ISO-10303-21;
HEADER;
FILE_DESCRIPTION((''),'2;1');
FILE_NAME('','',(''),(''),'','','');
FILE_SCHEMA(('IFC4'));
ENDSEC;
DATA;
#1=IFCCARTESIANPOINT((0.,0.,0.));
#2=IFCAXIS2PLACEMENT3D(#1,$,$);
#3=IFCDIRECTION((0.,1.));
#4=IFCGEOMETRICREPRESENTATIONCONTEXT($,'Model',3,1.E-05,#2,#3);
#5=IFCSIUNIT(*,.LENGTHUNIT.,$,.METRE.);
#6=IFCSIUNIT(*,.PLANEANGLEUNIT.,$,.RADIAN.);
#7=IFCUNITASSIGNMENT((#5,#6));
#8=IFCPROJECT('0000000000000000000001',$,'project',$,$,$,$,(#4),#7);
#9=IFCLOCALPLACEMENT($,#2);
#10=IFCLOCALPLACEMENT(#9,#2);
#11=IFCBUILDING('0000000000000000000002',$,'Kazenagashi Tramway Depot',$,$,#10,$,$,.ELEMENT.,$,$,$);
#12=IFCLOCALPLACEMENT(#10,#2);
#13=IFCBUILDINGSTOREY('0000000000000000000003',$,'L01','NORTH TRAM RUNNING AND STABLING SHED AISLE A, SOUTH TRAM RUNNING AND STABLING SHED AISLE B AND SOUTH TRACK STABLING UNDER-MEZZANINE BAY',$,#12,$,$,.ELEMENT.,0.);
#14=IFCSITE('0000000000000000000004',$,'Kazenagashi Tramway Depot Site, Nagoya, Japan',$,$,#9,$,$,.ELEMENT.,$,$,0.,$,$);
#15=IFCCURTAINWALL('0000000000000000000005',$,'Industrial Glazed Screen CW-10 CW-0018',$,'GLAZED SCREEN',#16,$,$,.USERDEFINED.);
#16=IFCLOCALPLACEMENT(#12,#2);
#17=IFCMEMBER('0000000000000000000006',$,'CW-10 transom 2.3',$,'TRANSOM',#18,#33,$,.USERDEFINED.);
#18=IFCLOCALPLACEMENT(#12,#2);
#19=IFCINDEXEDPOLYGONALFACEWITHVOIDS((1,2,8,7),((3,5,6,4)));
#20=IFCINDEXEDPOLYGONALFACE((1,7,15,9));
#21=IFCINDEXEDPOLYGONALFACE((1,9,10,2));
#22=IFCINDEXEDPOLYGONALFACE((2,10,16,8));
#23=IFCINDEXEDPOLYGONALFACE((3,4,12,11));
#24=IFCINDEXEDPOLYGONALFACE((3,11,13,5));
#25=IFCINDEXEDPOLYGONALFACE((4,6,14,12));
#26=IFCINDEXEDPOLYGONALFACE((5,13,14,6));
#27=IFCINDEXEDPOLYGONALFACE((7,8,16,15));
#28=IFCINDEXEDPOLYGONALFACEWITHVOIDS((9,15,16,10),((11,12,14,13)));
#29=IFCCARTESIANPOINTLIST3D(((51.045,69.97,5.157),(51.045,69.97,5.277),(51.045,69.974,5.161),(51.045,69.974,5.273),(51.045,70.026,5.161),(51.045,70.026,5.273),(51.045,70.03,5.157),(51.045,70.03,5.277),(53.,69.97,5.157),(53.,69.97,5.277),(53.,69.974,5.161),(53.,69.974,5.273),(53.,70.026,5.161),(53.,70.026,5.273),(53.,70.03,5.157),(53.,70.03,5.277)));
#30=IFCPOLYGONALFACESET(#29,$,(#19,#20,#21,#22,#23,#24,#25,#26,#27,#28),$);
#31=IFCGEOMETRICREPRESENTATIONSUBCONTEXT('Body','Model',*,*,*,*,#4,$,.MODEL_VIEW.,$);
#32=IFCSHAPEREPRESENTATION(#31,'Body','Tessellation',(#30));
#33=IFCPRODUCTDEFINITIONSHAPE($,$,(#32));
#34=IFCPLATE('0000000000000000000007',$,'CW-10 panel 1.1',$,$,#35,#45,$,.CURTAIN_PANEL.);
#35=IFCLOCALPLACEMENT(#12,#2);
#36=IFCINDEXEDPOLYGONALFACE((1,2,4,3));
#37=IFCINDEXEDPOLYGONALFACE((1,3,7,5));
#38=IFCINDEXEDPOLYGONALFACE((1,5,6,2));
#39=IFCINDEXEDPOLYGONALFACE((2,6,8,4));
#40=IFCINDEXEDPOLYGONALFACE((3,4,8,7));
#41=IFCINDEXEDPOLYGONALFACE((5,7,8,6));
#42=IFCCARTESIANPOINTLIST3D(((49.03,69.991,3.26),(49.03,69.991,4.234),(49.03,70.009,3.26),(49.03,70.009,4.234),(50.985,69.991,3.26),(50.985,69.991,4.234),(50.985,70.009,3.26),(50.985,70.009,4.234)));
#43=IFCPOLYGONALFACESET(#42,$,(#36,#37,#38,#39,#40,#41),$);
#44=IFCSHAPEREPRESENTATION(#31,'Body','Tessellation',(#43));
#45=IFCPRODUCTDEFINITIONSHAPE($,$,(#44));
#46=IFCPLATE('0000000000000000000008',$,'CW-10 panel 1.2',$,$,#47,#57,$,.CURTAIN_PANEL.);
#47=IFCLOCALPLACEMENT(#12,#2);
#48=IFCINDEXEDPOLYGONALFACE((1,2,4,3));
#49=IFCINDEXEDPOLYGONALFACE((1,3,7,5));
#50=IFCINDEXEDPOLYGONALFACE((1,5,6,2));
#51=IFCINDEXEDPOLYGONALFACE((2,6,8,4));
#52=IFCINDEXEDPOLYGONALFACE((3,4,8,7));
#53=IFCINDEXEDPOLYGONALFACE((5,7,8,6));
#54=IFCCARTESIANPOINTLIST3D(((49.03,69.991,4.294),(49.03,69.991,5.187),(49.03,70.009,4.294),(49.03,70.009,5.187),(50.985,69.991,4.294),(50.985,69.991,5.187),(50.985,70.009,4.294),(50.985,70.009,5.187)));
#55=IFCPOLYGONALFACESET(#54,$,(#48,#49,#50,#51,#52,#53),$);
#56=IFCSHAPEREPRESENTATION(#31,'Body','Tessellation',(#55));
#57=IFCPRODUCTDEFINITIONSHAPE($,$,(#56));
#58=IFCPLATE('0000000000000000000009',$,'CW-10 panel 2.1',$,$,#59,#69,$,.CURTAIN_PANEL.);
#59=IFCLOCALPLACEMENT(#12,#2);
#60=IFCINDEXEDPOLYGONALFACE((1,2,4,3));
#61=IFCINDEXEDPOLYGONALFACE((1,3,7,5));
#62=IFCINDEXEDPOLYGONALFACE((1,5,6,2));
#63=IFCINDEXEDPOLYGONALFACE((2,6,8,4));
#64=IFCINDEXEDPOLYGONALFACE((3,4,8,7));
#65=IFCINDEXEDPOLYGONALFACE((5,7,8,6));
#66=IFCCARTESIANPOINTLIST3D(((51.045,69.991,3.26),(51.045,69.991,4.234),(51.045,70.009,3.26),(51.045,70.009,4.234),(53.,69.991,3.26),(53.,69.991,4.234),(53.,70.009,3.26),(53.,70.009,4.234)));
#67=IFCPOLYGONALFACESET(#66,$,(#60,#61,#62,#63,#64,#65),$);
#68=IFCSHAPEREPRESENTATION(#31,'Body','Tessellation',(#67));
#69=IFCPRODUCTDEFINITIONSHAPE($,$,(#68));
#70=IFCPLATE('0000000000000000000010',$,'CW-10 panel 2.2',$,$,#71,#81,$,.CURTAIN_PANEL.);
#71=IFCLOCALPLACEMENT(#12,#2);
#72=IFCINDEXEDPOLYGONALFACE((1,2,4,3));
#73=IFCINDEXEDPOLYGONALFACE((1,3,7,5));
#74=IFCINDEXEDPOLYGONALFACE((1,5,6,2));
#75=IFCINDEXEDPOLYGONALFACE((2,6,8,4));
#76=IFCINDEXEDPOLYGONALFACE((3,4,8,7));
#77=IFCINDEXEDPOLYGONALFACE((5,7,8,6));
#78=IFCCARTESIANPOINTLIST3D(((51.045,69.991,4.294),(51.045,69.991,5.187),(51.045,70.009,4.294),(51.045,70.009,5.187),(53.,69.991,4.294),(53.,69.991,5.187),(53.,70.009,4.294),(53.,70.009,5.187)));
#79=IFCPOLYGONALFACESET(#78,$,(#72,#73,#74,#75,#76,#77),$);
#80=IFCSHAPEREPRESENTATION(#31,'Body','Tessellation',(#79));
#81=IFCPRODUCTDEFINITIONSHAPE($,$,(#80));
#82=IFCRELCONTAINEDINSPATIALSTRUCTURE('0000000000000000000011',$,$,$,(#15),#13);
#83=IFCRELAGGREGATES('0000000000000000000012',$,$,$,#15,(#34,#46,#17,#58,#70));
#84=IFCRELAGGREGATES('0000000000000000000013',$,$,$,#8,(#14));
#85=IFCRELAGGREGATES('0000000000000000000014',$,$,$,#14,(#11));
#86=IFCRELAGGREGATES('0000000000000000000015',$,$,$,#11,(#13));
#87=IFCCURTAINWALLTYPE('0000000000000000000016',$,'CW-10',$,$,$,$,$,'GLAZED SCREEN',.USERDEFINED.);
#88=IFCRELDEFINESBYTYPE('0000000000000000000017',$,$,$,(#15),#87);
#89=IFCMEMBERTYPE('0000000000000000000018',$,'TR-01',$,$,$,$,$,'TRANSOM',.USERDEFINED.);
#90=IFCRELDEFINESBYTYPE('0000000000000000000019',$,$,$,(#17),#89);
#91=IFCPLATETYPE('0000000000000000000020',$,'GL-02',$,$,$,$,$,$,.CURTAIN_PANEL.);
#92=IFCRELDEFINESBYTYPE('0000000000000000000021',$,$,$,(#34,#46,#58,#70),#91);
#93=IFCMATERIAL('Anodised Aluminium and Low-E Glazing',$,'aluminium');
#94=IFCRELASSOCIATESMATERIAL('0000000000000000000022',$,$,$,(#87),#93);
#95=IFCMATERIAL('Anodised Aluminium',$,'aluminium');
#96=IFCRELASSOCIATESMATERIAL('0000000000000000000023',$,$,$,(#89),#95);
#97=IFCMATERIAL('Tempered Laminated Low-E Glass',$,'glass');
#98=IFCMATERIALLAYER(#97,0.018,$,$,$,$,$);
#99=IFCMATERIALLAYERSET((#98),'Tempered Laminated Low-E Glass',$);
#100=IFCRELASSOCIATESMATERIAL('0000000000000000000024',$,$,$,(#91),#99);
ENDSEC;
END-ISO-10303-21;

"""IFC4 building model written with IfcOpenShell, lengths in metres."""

from ifc_helpers import new_model, si_unit, direction, frame, origin, origin_2d, place, context, subcontext, project, spatial, rectangle, hollow_rectangle, extrude, material, layer, layer_set, material_profile, profile_set, type_object, element, aggregate, save


model = new_model("IFC4")

# Units and contexts
model_context = context("Model", 3, precision=1e-05, world=origin(), true_north=direction((0.0, 1.0)))
body_context = subcontext(model_context, "Body", "Model", "MODEL_VIEW")
ifc_project = project(units=[si_unit("LENGTHUNIT", "METRE"), si_unit("PLANEANGLEUNIT", "RADIAN")], contexts=[model_context])

# Site, building, storey
site_placement = place(None, origin())
site = spatial("IfcSite", under=ifc_project, at=site_placement, Name="Kazenagashi Tramway Depot Site, Nagoya, Japan", CompositionType="ELEMENT", RefElevation=0.0)
building_placement = place(site_placement, origin())
building = spatial("IfcBuilding", under=site, at=building_placement, Name="Kazenagashi Tramway Depot", CompositionType="ELEMENT")
storey_placement = place(building_placement, origin())
storey = spatial("IfcBuildingStorey", under=building, at=storey_placement, Name="L01", Description="NORTH TRAM RUNNING AND STABLING SHED AISLE A, SOUTH TRAM RUNNING AND STABLING SHED AISLE B AND SOUTH TRACK STABLING UNDER-MEZZANINE BAY", CompositionType="ELEMENT", Elevation=0.0)

# Curtain wall, member, plates
ifc_material_1 = material(Name="Anodised Aluminium and Low-E Glazing", Category="aluminium")
curtain_wall_type = type_object("IfcCurtainWallType", Name="CW-10", ElementType="GLAZED SCREEN", PredefinedType="USERDEFINED", material=ifc_material_1)
curtain_wall_placement = place(storey_placement, origin())
curtain_wall = element("IfcCurtainWall", 1, at=curtain_wall_placement, inside=storey, type_object=curtain_wall_type, Name="Industrial Glazed Screen CW-10 CW-0018", ObjectType="GLAZED SCREEN", PredefinedType="USERDEFINED")
ifc_material_2 = material(Name="Anodised Aluminium", Category="aluminium")
ifc_material_profile_1 = material_profile(ifc_material_2, hollow_rectangle(XDim=0.06, YDim=0.12, WallThickness=0.004, at=origin_2d()), Name="RHS-120x60x4")
ifc_profile_set_1 = profile_set([ifc_material_profile_1], Name="Anodised Aluminium")
member_type_1 = type_object("IfcMemberType", Name="TR-01", ElementType="TRANSOM", PredefinedType="USERDEFINED", material=ifc_profile_set_1)
member_1_placement = place(storey_placement, frame((51.045, 70.0, 5.217), z_axis=(1.0, 0.0, 0.0), x_axis=(0.0, 1.0, 0.0)))
member_1 = element("IfcMember", 2, at=member_1_placement, type_object=member_type_1, Name="CW-10 transom 2.3", ObjectType="TRANSOM", PredefinedType="USERDEFINED", context=body_context, shape_type="SweptSolid", body=[
    extrude(hollow_rectangle(XDim=0.06, YDim=0.12, WallThickness=0.004, at=origin_2d()), origin(), (0.0, 0.0, 1.0), 1.955),
])
ifc_material_3 = material(Name="Tempered Laminated Low-E Glass", Category="glass")
ifc_layer = layer(ifc_material_3, 0.018)
ifc_layer_set = layer_set([ifc_layer], Name="Tempered Laminated Low-E Glass")
plate_type = type_object("IfcPlateType", Name="GL-02", PredefinedType="CURTAIN_PANEL", material=ifc_layer_set)
plate_1_placement = place(storey_placement, frame((50.0075, 70.0, 3.26), z_axis=(0.0, 0.0, 1.0), x_axis=(1.0, 0.0, 0.0)))
plate_1 = element("IfcPlate", 3, at=plate_1_placement, type_object=plate_type, Name="CW-10 panel 1.1", PredefinedType="CURTAIN_PANEL", context=body_context, shape_type="SweptSolid", body=[
    extrude(rectangle(XDim=1.955, YDim=0.018, at=origin_2d()), origin(), (0.0, 0.0, 1.0), 0.974),
])
plate_2_placement = place(storey_placement, frame((50.0075, 70.0, 4.294), z_axis=(0.0, 0.0, 1.0), x_axis=(1.0, 0.0, 0.0)))
plate_2 = element("IfcPlate", 4, at=plate_2_placement, type_object=plate_type, Name="CW-10 panel 1.2", PredefinedType="CURTAIN_PANEL", context=body_context, shape_type="SweptSolid", body=[
    extrude(rectangle(XDim=1.955, YDim=0.018, at=origin_2d()), origin(), (0.0, 0.0, 1.0), 0.893),
])
plate_3_placement = place(storey_placement, frame((52.0225, 70.0, 3.26), z_axis=(0.0, 0.0, 1.0), x_axis=(1.0, 0.0, 0.0)))
plate_3 = element("IfcPlate", 5, at=plate_3_placement, type_object=plate_type, Name="CW-10 panel 2.1", PredefinedType="CURTAIN_PANEL", context=body_context, shape_type="SweptSolid", body=[
    extrude(rectangle(XDim=1.955, YDim=0.018, at=origin_2d()), origin(), (0.0, 0.0, 1.0), 0.974),
])
plate_4_placement = place(storey_placement, frame((52.0225, 70.0, 4.294), z_axis=(0.0, 0.0, 1.0), x_axis=(1.0, 0.0, 0.0)))
plate_4 = element("IfcPlate", 6, at=plate_4_placement, type_object=plate_type, Name="CW-10 panel 2.2", PredefinedType="CURTAIN_PANEL", context=body_context, shape_type="SweptSolid", body=[
    extrude(rectangle(XDim=1.955, YDim=0.018, at=origin_2d()), origin(), (0.0, 0.0, 1.0), 0.893),
])
aggregate(curtain_wall, [plate_1, plate_2, member_1, plate_3, plate_4])

save(model, "model.ifc")
